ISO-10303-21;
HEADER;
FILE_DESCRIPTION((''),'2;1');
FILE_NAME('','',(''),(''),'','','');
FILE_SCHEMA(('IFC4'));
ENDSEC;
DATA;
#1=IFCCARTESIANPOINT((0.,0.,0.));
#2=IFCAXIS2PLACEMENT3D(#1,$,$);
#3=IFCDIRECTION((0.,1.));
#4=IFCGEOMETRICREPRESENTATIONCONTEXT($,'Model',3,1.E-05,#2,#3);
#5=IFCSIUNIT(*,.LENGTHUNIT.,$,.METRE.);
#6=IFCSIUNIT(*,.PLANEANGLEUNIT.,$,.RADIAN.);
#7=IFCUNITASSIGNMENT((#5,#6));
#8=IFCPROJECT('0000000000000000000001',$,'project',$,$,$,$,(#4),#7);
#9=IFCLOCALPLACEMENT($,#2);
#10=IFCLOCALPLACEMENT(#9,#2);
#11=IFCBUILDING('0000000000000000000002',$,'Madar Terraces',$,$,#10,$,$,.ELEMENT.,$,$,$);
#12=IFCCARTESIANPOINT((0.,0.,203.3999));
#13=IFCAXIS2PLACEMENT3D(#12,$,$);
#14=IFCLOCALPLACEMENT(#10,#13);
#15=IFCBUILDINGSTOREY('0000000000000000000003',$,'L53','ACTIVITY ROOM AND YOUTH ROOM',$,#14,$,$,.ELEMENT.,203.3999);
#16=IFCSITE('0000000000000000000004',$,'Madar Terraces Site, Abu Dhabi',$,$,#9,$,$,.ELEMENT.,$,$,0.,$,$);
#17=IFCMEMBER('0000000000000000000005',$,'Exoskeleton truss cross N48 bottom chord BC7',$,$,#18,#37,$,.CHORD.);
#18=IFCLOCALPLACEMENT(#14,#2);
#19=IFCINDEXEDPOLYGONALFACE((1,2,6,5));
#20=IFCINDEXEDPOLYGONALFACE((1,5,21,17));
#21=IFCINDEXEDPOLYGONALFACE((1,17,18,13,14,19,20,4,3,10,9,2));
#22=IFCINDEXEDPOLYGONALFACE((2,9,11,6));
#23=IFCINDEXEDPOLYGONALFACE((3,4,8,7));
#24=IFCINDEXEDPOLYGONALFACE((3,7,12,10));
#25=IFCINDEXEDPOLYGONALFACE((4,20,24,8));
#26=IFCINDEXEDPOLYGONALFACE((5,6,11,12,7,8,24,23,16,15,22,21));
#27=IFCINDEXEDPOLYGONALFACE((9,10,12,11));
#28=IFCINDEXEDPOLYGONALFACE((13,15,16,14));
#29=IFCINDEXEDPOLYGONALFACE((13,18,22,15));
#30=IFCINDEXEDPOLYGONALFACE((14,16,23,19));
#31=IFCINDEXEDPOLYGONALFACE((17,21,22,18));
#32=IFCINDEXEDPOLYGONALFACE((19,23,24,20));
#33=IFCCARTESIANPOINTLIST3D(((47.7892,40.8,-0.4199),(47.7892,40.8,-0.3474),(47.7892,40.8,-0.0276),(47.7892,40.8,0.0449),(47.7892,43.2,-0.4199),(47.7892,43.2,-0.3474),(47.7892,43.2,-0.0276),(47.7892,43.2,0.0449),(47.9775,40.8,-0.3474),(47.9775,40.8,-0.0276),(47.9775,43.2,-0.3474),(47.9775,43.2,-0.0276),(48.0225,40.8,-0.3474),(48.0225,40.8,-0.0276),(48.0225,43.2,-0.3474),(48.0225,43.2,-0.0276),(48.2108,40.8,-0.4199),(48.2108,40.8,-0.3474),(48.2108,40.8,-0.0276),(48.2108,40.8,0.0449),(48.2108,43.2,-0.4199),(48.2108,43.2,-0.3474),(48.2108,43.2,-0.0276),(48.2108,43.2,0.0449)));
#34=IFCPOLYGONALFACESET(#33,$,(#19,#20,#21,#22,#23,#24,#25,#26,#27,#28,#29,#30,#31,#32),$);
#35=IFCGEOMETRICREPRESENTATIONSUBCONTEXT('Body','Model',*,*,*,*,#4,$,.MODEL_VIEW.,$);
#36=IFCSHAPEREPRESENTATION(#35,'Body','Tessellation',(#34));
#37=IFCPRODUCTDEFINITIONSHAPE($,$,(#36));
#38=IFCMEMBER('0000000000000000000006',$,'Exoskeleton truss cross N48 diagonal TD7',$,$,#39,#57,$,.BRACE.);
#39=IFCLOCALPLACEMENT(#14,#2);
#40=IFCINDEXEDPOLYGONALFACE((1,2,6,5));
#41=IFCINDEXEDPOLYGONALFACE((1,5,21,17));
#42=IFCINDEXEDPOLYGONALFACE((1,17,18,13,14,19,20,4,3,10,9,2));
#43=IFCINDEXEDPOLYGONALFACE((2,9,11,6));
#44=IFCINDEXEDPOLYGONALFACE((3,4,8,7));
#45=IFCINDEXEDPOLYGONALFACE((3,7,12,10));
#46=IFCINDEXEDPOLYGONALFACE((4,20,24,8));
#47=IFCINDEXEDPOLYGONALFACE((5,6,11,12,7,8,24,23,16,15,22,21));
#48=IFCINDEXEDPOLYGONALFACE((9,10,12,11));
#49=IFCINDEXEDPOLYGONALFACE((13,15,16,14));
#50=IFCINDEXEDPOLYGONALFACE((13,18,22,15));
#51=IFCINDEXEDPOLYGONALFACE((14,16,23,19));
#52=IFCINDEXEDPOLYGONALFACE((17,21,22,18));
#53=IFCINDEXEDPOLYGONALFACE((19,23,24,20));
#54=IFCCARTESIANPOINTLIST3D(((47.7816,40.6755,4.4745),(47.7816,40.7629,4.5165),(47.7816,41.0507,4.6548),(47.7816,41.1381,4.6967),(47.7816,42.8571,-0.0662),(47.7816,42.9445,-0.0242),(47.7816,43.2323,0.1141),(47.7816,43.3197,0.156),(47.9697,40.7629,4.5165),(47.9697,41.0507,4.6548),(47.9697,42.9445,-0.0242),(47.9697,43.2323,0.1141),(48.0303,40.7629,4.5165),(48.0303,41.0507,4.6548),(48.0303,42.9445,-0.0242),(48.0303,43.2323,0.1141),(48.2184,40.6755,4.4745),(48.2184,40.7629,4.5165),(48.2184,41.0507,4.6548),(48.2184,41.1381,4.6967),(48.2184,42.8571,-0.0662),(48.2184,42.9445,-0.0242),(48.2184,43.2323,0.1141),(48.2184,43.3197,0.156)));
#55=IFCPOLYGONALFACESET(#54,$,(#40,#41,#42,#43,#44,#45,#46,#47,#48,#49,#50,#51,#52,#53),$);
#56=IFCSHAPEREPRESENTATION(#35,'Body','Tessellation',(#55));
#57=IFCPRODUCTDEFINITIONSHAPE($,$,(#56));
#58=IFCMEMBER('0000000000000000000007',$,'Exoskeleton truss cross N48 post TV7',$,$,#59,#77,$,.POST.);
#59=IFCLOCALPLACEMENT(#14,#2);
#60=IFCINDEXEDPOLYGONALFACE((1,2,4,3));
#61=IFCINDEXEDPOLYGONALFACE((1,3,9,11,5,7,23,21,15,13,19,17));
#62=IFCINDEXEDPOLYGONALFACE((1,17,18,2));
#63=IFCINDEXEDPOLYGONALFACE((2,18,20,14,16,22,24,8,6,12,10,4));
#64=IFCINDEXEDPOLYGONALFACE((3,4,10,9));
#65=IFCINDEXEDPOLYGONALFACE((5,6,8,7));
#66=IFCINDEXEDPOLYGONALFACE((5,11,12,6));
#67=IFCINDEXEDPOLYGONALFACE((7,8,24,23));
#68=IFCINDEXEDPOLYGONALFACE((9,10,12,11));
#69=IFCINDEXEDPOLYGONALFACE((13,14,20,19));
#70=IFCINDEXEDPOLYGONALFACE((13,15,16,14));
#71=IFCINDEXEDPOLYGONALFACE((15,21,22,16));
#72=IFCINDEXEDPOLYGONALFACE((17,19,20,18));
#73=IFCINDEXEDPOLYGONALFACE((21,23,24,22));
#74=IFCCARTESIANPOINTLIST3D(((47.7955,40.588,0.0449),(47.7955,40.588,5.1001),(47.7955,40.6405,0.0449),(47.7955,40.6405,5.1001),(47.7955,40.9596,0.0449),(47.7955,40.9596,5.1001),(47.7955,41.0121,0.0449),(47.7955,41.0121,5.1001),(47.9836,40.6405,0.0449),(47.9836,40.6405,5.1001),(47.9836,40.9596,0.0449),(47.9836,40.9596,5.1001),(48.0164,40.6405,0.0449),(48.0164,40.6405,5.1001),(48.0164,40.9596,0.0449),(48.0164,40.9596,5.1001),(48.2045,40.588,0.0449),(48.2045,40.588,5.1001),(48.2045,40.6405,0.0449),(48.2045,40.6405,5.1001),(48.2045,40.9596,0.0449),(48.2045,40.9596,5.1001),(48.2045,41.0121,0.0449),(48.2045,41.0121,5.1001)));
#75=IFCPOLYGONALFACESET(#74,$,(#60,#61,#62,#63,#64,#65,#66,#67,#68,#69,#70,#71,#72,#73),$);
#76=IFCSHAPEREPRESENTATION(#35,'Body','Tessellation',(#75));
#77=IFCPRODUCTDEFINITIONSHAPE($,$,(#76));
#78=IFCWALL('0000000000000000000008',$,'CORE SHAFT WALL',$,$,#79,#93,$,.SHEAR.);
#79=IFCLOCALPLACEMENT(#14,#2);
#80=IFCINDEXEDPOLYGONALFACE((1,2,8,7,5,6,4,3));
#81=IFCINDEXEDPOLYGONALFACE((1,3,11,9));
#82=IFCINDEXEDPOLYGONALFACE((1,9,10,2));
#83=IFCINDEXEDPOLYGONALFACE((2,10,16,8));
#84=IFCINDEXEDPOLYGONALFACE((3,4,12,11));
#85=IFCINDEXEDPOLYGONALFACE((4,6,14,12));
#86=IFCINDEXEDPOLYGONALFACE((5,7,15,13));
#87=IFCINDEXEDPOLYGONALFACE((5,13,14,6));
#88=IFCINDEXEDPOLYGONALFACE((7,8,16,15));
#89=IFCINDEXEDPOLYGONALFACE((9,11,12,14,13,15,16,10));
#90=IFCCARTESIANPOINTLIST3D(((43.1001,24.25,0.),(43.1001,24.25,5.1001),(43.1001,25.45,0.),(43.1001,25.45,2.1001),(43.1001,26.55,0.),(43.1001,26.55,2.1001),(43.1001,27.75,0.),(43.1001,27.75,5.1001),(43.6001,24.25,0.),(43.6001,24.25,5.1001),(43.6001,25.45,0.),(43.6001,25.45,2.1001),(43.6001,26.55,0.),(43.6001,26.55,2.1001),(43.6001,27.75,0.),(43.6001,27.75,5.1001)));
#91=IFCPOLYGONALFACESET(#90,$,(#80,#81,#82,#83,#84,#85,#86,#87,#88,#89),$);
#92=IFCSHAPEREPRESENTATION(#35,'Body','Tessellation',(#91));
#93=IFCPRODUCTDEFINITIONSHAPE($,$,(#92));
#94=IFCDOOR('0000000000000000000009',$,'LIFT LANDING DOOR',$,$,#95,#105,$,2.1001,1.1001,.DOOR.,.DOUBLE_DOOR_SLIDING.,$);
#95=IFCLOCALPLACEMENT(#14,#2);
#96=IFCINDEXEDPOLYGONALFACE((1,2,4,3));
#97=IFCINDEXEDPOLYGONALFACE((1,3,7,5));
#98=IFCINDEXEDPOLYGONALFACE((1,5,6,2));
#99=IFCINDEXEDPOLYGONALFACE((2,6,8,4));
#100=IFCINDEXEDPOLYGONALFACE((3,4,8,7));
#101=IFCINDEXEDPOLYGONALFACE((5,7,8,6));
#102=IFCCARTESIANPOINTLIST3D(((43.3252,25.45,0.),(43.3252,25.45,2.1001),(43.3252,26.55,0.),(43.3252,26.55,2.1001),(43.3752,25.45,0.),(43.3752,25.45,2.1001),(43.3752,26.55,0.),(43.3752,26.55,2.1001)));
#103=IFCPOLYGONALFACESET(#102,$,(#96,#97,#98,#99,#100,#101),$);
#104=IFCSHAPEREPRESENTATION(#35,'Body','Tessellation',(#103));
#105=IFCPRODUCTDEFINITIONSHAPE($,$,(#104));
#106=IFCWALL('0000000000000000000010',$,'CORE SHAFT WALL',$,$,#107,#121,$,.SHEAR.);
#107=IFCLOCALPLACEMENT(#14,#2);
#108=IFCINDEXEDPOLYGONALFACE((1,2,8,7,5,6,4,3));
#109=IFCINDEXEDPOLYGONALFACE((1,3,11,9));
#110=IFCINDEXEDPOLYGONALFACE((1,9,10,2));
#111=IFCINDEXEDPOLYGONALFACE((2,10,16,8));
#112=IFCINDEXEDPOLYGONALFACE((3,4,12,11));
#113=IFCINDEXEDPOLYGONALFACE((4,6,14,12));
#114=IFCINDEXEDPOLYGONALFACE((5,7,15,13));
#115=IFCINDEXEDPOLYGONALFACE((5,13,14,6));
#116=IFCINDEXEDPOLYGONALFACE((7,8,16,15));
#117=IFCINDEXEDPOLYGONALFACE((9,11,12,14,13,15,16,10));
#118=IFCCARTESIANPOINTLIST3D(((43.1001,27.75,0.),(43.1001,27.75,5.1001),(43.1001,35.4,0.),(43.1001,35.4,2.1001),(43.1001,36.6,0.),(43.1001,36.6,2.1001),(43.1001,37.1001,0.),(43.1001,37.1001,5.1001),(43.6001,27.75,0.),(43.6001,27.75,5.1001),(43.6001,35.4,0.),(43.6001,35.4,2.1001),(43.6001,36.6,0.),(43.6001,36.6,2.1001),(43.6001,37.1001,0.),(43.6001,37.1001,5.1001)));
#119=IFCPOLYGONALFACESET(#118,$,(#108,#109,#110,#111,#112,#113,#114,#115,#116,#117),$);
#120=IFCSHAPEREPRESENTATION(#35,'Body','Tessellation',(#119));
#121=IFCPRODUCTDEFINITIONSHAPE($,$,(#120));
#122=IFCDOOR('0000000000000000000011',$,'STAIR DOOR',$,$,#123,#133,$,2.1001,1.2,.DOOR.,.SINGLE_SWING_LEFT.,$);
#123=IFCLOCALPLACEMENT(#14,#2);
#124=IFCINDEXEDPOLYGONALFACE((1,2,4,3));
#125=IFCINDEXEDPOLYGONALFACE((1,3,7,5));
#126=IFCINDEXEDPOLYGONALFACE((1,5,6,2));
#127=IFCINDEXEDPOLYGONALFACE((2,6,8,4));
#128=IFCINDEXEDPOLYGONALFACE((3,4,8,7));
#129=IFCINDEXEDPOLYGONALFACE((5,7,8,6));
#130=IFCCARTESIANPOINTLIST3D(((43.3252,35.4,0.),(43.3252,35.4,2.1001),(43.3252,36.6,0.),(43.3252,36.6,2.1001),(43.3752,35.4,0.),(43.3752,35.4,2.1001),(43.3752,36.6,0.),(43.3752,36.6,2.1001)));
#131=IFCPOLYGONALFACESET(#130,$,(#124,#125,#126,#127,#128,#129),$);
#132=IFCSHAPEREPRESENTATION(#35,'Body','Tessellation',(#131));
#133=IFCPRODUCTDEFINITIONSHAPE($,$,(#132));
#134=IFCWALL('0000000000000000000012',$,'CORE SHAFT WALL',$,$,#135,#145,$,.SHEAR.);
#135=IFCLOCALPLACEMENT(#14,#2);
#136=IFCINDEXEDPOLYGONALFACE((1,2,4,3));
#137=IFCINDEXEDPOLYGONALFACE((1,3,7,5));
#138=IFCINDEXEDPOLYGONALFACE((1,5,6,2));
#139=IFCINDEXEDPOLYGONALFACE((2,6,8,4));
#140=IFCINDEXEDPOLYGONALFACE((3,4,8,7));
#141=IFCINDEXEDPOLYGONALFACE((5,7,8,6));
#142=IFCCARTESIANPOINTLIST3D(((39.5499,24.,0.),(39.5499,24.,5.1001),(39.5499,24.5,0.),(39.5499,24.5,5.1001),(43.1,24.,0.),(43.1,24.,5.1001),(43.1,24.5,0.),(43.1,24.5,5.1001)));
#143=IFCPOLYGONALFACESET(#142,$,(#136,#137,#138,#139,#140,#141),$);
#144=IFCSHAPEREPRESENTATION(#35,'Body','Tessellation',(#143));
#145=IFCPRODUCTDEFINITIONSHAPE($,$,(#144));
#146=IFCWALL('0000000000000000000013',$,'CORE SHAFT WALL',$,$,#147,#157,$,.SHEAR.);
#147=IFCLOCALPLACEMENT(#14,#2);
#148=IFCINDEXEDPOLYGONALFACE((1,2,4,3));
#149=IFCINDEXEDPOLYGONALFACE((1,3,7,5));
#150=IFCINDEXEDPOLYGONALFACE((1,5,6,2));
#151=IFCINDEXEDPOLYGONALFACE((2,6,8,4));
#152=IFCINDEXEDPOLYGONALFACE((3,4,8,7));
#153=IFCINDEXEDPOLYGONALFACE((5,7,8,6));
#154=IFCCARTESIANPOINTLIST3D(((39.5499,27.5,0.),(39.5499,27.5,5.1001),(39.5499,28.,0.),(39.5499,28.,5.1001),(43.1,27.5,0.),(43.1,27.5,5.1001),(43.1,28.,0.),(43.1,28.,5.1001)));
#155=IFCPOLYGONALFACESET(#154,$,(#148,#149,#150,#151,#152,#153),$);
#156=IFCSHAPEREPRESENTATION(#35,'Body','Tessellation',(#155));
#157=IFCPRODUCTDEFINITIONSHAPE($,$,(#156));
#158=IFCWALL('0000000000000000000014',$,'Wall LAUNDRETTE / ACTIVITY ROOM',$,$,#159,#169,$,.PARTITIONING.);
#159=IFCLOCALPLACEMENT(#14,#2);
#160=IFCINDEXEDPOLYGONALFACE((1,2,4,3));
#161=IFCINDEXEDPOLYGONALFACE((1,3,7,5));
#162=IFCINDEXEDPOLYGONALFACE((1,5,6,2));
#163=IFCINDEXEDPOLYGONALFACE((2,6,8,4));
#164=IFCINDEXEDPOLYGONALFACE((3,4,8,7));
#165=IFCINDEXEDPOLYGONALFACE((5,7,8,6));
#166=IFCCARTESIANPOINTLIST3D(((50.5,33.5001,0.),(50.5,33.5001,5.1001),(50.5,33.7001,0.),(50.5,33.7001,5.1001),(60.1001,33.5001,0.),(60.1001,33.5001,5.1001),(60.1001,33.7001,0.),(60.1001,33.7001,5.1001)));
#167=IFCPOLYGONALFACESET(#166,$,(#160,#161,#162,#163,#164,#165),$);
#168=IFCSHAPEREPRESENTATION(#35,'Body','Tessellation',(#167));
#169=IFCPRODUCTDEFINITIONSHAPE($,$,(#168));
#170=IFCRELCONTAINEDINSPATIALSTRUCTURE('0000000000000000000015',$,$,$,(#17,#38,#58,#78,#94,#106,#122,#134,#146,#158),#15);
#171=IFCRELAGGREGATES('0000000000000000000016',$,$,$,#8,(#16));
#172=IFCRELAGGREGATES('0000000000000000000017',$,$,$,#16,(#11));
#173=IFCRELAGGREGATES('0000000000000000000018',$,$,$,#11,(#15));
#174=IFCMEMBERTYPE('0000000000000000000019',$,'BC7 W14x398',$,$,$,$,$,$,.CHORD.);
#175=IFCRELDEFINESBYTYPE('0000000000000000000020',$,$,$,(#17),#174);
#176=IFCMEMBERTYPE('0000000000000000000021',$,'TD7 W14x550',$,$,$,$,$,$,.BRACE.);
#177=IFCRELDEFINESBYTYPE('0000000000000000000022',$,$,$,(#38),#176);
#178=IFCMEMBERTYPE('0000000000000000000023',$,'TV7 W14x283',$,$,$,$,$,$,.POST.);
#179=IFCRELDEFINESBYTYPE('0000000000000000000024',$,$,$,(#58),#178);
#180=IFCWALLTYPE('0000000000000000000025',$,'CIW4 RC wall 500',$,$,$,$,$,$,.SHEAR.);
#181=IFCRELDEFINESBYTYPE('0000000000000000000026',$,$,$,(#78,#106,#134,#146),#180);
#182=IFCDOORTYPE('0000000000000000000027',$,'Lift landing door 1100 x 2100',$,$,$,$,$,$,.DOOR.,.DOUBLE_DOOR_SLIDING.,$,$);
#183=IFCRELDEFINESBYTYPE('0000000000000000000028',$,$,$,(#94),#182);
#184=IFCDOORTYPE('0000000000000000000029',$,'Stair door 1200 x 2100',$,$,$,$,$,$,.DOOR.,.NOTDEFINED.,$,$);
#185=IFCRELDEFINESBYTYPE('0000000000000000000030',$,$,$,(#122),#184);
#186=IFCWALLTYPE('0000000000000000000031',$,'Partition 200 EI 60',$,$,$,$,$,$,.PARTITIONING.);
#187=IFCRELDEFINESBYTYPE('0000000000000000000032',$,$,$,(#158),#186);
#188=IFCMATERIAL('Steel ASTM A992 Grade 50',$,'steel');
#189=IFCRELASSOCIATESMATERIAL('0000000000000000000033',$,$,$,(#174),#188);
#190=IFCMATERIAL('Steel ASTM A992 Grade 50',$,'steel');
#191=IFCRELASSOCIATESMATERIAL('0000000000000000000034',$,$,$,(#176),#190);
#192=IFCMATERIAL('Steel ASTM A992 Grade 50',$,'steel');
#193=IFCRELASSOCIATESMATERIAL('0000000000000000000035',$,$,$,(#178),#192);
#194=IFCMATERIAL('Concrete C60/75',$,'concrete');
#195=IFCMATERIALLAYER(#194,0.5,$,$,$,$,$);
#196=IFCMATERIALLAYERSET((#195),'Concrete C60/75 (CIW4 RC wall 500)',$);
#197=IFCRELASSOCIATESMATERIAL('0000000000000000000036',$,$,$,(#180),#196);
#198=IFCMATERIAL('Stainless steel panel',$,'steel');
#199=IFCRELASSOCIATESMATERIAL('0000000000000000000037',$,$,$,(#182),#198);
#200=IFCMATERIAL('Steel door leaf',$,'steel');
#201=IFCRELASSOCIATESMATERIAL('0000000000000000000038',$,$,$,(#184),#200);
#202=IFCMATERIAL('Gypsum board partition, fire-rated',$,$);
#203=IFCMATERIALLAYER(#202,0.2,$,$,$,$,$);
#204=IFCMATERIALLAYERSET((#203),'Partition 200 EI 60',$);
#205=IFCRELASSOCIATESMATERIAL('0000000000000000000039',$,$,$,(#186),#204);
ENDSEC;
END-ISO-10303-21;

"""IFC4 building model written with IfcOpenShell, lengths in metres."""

from ifc_helpers import new_model, si_unit, direction, frame, frame_2d, origin, origin_2d, place, context, subcontext, project, spatial, rectangle, i_section, extrude, material, layer, layer_set, material_profile, profile_set, type_object, element, fill, save


model = new_model("IFC4")

# Units and contexts
model_context = context("Model", 3, precision=1e-05, world=origin(), true_north=direction((0.0, 1.0)))
body_context = subcontext(model_context, "Body", "Model", "MODEL_VIEW")
ifc_project = project(units=[si_unit("LENGTHUNIT", "METRE"), si_unit("PLANEANGLEUNIT", "RADIAN")], contexts=[model_context])

# Site, building, storey
site_placement = place(None, origin())
site = spatial("IfcSite", under=ifc_project, at=site_placement, Name="Madar Terraces Site, Abu Dhabi", CompositionType="ELEMENT", RefElevation=0.0)
building_placement = place(site_placement, origin())
building = spatial("IfcBuilding", under=site, at=building_placement, Name="Madar Terraces", CompositionType="ELEMENT")
storey_placement = place(building_placement, frame((0.0, 0.0, 203.3999)))
storey = spatial("IfcBuildingStorey", under=building, at=storey_placement, Name="L53", Description="ACTIVITY ROOM AND YOUTH ROOM", CompositionType="ELEMENT", Elevation=203.3999)

# Members
ifc_material_1 = material(Name="Steel ASTM A992 Grade 50", Category="steel")
ifc_material_profile_1 = material_profile(ifc_material_1, i_section(OverallWidth=0.4216, OverallDepth=0.4648, WebThickness=0.0449, FlangeThickness=0.0725, at=origin_2d()), Name="W14x398")
ifc_profile_set_1 = profile_set([ifc_material_profile_1], Name="Steel ASTM A992 Grade 50")
member_type_1 = type_object("IfcMemberType", Name="BC7 W14x398", PredefinedType="CHORD", material=ifc_profile_set_1)
member_1_placement = place(storey_placement, frame((48.0, 43.2, -0.1875), z_axis=(0.0, -1.0, 0.0), x_axis=(1.0, 0.0, 0.0)))
element("IfcMember", 1, at=member_1_placement, inside=storey, type_object=member_type_1, Name="Exoskeleton truss cross N48 bottom chord BC7", PredefinedType="CHORD", context=body_context, shape_type="SweptSolid", body=[
    extrude(i_section(OverallWidth=0.4216, OverallDepth=0.4648, WebThickness=0.0449, FlangeThickness=0.0725, at=origin_2d()), origin(), (0.0, 0.0, 1.0), 2.3999),
])
ifc_material_2 = material(Name="Steel ASTM A992 Grade 50", Category="steel")
ifc_material_profile_2 = material_profile(ifc_material_2, i_section(OverallWidth=0.4368, OverallDepth=0.5132, WebThickness=0.0605, FlangeThickness=0.0969, at=origin_2d()), Name="W14x550")
ifc_profile_set_2 = profile_set([ifc_material_profile_2], Name="Steel ASTM A992 Grade 50")
member_type_2 = type_object("IfcMemberType", Name="TD7 W14x550", PredefinedType="BRACE", material=ifc_profile_set_2)
member_2_placement = place(storey_placement, frame((48.0, 43.0884, 0.0449), z_axis=(0.0, -0.433065, 0.901363), x_axis=(1.0, 0.0, 0.0)))
element("IfcMember", 2, at=member_2_placement, inside=storey, type_object=member_type_2, Name="Exoskeleton truss cross N48 diagonal TD7", PredefinedType="BRACE", context=body_context, shape_type="SweptSolid", body=[
    extrude(i_section(OverallWidth=0.4368, OverallDepth=0.5132, WebThickness=0.0605, FlangeThickness=0.0969, at=origin_2d()), origin(), (0.0, 0.0, 1.0), 5.0376),
])
ifc_material_3 = material(Name="Steel ASTM A992 Grade 50", Category="steel")
ifc_material_profile_3 = material_profile(ifc_material_3, i_section(OverallWidth=0.4089, OverallDepth=0.4241, WebThickness=0.0327, FlangeThickness=0.0525, at=origin_2d()), Name="W14x283")
ifc_profile_set_3 = profile_set([ifc_material_profile_3], Name="Steel ASTM A992 Grade 50")
member_type_3 = type_object("IfcMemberType", Name="TV7 W14x283", PredefinedType="POST", material=ifc_profile_set_3)
member_3_placement = place(storey_placement, frame((48.0, 40.8, 0.0449), z_axis=(0.0, 0.0, 1.0), x_axis=(-1.0, 0.0, 0.0)))
element("IfcMember", 3, at=member_3_placement, inside=storey, type_object=member_type_3, Name="Exoskeleton truss cross N48 post TV7", PredefinedType="POST", context=body_context, shape_type="SweptSolid", body=[
    extrude(i_section(OverallWidth=0.4089, OverallDepth=0.4241, WebThickness=0.0327, FlangeThickness=0.0525, at=origin_2d()), origin(), (0.0, 0.0, 1.0), 5.0552),
])

# Walls, openings, doors
ifc_material_4 = material(Name="Concrete C60/75", Category="concrete")
ifc_layer_1 = layer(ifc_material_4, 0.5)
ifc_layer_set_1 = layer_set([ifc_layer_1], Name="Concrete C60/75 (CIW4 RC wall 500)")
wall_type_1 = type_object("IfcWallType", Name="CIW4 RC wall 500", PredefinedType="SHEAR", material=ifc_layer_set_1)
wall_1_placement = place(storey_placement, frame((43.3501, 24.25, 0.0), z_axis=(0.0, 0.0, 1.0), x_axis=(0.0, 1.0, 0.0)))
wall_1 = element("IfcWall", 4, at=wall_1_placement, inside=storey, type_object=wall_type_1, Name="CORE SHAFT WALL", PredefinedType="SHEAR", context=body_context, shape_type="SweptSolid", body=[
    extrude(rectangle(XDim=3.5, YDim=0.5, at=frame_2d((1.75, 0.0))), origin(), (0.0, 0.0, 1.0), 5.1001),
])
opening_1_placement = place(wall_1_placement, frame((1.2, 0.0, 0.0)))
opening_1 = element("IfcOpeningElement", 5, at=opening_1_placement, cuts=wall_1, PredefinedType="OPENING", context=body_context, shape_type="SweptSolid", body=[
    extrude(rectangle(XDim=1.1001, YDim=2.1001, at=frame_2d((0.55, 1.05))), frame((0.0, 0.26, 0.0), z_axis=(0.0, -1.0, 0.0), x_axis=(1.0, 0.0, 0.0)), (0.0, 0.0, 1.0), 0.52),
])
ifc_material_5 = material(Name="Stainless steel panel", Category="steel")
door_type_1 = type_object("IfcDoorType", Name="Lift landing door 1100 x 2100", OperationType="DOUBLE_DOOR_SLIDING", PredefinedType="DOOR", material=ifc_material_5)
door_1_placement = place(opening_1_placement, origin())
door_1 = element("IfcDoor", 6, at=door_1_placement, inside=storey, type_object=door_type_1, Name="LIFT LANDING DOOR", OperationType="DOUBLE_DOOR_SLIDING", OverallHeight=2.1001, OverallWidth=1.1001, PredefinedType="DOOR", context=body_context, shape_type="SweptSolid", body=[
    extrude(rectangle(XDim=1.1001, YDim=2.1001, at=frame_2d((0.55, 1.05))), frame((0.0, 0.0249, 0.0), z_axis=(0.0, -1.0, 0.0), x_axis=(1.0, 0.0, 0.0)), (0.0, 0.0, 1.0), 0.05),
])
fill(opening_1, door_1)
wall_2_placement = place(storey_placement, frame((43.3501, 27.75, 0.0), z_axis=(0.0, 0.0, 1.0), x_axis=(0.0, 1.0, 0.0)))
wall_2 = element("IfcWall", 7, at=wall_2_placement, inside=storey, type_object=wall_type_1, Name="CORE SHAFT WALL", PredefinedType="SHEAR", context=body_context, shape_type="SweptSolid", body=[
    extrude(rectangle(XDim=9.3501, YDim=0.5, at=frame_2d((4.675, 0.0))), origin(), (0.0, 0.0, 1.0), 5.1001),
])
opening_2_placement = place(wall_2_placement, frame((7.6499, 0.0, 0.0)))
opening_2 = element("IfcOpeningElement", 8, at=opening_2_placement, cuts=wall_2, PredefinedType="OPENING", context=body_context, shape_type="SweptSolid", body=[
    extrude(rectangle(XDim=1.2, YDim=2.1001, at=frame_2d((0.6001, 1.05))), frame((0.0, 0.26, 0.0), z_axis=(0.0, -1.0, 0.0), x_axis=(1.0, 0.0, 0.0)), (0.0, 0.0, 1.0), 0.52),
])
ifc_material_6 = material(Name="Steel door leaf", Category="steel")
door_type_2 = type_object("IfcDoorType", Name="Stair door 1200 x 2100", OperationType="NOTDEFINED", PredefinedType="DOOR", material=ifc_material_6)
door_2_placement = place(opening_2_placement, origin())
door_2 = element("IfcDoor", 9, at=door_2_placement, inside=storey, type_object=door_type_2, Name="STAIR DOOR", OperationType="SINGLE_SWING_LEFT", OverallHeight=2.1001, OverallWidth=1.2, PredefinedType="DOOR", context=body_context, shape_type="SweptSolid", body=[
    extrude(rectangle(XDim=1.2, YDim=2.1001, at=frame_2d((0.6001, 1.05))), frame((0.0, 0.0249, 0.0), z_axis=(0.0, -1.0, 0.0), x_axis=(1.0, 0.0, 0.0)), (0.0, 0.0, 1.0), 0.05),
])
fill(opening_2, door_2)

# Walls
for number, where, z_axis, x_axis, name in (
    (10, (39.55, 24.25, 0.0), (0.0, 0.0, 1.0), (1.0, 0.0, 0.0), "CORE SHAFT WALL"),
    (11, (39.55, 27.75, 0.0), (0.0, 0.0, 1.0), (1.0, 0.0, 0.0), "CORE SHAFT WALL"),
):
    element("IfcWall", number, at=place(storey_placement, frame(where, z_axis=z_axis, x_axis=x_axis)), inside=storey, type_object=wall_type_1, Name=name, PredefinedType="SHEAR", context=body_context, shape_type="SweptSolid", body=[
        extrude(rectangle(XDim=3.55, YDim=0.5, at=frame_2d((1.7749, 0.0))), origin(), (0.0, 0.0, 1.0), 5.1001),
    ])
ifc_material_7 = material(Name="Gypsum board partition, fire-rated")
ifc_layer_2 = layer(ifc_material_7, 0.2)
ifc_layer_set_2 = layer_set([ifc_layer_2], Name="Partition 200 EI 60")
wall_type_2 = type_object("IfcWallType", Name="Partition 200 EI 60", PredefinedType="PARTITIONING", material=ifc_layer_set_2)
wall_3_placement = place(storey_placement, frame((50.5, 33.6001, 0.0), z_axis=(0.0, 0.0, 1.0), x_axis=(1.0, 0.0, 0.0)))
element("IfcWall", 12, at=wall_3_placement, inside=storey, type_object=wall_type_2, Name="Wall LAUNDRETTE / ACTIVITY ROOM", PredefinedType="PARTITIONING", context=body_context, shape_type="SweptSolid", body=[
    extrude(rectangle(XDim=9.6001, YDim=0.2, at=frame_2d((4.8, 0.0))), origin(), (0.0, 0.0, 1.0), 5.1001),
])

save(model, "model.ifc")
